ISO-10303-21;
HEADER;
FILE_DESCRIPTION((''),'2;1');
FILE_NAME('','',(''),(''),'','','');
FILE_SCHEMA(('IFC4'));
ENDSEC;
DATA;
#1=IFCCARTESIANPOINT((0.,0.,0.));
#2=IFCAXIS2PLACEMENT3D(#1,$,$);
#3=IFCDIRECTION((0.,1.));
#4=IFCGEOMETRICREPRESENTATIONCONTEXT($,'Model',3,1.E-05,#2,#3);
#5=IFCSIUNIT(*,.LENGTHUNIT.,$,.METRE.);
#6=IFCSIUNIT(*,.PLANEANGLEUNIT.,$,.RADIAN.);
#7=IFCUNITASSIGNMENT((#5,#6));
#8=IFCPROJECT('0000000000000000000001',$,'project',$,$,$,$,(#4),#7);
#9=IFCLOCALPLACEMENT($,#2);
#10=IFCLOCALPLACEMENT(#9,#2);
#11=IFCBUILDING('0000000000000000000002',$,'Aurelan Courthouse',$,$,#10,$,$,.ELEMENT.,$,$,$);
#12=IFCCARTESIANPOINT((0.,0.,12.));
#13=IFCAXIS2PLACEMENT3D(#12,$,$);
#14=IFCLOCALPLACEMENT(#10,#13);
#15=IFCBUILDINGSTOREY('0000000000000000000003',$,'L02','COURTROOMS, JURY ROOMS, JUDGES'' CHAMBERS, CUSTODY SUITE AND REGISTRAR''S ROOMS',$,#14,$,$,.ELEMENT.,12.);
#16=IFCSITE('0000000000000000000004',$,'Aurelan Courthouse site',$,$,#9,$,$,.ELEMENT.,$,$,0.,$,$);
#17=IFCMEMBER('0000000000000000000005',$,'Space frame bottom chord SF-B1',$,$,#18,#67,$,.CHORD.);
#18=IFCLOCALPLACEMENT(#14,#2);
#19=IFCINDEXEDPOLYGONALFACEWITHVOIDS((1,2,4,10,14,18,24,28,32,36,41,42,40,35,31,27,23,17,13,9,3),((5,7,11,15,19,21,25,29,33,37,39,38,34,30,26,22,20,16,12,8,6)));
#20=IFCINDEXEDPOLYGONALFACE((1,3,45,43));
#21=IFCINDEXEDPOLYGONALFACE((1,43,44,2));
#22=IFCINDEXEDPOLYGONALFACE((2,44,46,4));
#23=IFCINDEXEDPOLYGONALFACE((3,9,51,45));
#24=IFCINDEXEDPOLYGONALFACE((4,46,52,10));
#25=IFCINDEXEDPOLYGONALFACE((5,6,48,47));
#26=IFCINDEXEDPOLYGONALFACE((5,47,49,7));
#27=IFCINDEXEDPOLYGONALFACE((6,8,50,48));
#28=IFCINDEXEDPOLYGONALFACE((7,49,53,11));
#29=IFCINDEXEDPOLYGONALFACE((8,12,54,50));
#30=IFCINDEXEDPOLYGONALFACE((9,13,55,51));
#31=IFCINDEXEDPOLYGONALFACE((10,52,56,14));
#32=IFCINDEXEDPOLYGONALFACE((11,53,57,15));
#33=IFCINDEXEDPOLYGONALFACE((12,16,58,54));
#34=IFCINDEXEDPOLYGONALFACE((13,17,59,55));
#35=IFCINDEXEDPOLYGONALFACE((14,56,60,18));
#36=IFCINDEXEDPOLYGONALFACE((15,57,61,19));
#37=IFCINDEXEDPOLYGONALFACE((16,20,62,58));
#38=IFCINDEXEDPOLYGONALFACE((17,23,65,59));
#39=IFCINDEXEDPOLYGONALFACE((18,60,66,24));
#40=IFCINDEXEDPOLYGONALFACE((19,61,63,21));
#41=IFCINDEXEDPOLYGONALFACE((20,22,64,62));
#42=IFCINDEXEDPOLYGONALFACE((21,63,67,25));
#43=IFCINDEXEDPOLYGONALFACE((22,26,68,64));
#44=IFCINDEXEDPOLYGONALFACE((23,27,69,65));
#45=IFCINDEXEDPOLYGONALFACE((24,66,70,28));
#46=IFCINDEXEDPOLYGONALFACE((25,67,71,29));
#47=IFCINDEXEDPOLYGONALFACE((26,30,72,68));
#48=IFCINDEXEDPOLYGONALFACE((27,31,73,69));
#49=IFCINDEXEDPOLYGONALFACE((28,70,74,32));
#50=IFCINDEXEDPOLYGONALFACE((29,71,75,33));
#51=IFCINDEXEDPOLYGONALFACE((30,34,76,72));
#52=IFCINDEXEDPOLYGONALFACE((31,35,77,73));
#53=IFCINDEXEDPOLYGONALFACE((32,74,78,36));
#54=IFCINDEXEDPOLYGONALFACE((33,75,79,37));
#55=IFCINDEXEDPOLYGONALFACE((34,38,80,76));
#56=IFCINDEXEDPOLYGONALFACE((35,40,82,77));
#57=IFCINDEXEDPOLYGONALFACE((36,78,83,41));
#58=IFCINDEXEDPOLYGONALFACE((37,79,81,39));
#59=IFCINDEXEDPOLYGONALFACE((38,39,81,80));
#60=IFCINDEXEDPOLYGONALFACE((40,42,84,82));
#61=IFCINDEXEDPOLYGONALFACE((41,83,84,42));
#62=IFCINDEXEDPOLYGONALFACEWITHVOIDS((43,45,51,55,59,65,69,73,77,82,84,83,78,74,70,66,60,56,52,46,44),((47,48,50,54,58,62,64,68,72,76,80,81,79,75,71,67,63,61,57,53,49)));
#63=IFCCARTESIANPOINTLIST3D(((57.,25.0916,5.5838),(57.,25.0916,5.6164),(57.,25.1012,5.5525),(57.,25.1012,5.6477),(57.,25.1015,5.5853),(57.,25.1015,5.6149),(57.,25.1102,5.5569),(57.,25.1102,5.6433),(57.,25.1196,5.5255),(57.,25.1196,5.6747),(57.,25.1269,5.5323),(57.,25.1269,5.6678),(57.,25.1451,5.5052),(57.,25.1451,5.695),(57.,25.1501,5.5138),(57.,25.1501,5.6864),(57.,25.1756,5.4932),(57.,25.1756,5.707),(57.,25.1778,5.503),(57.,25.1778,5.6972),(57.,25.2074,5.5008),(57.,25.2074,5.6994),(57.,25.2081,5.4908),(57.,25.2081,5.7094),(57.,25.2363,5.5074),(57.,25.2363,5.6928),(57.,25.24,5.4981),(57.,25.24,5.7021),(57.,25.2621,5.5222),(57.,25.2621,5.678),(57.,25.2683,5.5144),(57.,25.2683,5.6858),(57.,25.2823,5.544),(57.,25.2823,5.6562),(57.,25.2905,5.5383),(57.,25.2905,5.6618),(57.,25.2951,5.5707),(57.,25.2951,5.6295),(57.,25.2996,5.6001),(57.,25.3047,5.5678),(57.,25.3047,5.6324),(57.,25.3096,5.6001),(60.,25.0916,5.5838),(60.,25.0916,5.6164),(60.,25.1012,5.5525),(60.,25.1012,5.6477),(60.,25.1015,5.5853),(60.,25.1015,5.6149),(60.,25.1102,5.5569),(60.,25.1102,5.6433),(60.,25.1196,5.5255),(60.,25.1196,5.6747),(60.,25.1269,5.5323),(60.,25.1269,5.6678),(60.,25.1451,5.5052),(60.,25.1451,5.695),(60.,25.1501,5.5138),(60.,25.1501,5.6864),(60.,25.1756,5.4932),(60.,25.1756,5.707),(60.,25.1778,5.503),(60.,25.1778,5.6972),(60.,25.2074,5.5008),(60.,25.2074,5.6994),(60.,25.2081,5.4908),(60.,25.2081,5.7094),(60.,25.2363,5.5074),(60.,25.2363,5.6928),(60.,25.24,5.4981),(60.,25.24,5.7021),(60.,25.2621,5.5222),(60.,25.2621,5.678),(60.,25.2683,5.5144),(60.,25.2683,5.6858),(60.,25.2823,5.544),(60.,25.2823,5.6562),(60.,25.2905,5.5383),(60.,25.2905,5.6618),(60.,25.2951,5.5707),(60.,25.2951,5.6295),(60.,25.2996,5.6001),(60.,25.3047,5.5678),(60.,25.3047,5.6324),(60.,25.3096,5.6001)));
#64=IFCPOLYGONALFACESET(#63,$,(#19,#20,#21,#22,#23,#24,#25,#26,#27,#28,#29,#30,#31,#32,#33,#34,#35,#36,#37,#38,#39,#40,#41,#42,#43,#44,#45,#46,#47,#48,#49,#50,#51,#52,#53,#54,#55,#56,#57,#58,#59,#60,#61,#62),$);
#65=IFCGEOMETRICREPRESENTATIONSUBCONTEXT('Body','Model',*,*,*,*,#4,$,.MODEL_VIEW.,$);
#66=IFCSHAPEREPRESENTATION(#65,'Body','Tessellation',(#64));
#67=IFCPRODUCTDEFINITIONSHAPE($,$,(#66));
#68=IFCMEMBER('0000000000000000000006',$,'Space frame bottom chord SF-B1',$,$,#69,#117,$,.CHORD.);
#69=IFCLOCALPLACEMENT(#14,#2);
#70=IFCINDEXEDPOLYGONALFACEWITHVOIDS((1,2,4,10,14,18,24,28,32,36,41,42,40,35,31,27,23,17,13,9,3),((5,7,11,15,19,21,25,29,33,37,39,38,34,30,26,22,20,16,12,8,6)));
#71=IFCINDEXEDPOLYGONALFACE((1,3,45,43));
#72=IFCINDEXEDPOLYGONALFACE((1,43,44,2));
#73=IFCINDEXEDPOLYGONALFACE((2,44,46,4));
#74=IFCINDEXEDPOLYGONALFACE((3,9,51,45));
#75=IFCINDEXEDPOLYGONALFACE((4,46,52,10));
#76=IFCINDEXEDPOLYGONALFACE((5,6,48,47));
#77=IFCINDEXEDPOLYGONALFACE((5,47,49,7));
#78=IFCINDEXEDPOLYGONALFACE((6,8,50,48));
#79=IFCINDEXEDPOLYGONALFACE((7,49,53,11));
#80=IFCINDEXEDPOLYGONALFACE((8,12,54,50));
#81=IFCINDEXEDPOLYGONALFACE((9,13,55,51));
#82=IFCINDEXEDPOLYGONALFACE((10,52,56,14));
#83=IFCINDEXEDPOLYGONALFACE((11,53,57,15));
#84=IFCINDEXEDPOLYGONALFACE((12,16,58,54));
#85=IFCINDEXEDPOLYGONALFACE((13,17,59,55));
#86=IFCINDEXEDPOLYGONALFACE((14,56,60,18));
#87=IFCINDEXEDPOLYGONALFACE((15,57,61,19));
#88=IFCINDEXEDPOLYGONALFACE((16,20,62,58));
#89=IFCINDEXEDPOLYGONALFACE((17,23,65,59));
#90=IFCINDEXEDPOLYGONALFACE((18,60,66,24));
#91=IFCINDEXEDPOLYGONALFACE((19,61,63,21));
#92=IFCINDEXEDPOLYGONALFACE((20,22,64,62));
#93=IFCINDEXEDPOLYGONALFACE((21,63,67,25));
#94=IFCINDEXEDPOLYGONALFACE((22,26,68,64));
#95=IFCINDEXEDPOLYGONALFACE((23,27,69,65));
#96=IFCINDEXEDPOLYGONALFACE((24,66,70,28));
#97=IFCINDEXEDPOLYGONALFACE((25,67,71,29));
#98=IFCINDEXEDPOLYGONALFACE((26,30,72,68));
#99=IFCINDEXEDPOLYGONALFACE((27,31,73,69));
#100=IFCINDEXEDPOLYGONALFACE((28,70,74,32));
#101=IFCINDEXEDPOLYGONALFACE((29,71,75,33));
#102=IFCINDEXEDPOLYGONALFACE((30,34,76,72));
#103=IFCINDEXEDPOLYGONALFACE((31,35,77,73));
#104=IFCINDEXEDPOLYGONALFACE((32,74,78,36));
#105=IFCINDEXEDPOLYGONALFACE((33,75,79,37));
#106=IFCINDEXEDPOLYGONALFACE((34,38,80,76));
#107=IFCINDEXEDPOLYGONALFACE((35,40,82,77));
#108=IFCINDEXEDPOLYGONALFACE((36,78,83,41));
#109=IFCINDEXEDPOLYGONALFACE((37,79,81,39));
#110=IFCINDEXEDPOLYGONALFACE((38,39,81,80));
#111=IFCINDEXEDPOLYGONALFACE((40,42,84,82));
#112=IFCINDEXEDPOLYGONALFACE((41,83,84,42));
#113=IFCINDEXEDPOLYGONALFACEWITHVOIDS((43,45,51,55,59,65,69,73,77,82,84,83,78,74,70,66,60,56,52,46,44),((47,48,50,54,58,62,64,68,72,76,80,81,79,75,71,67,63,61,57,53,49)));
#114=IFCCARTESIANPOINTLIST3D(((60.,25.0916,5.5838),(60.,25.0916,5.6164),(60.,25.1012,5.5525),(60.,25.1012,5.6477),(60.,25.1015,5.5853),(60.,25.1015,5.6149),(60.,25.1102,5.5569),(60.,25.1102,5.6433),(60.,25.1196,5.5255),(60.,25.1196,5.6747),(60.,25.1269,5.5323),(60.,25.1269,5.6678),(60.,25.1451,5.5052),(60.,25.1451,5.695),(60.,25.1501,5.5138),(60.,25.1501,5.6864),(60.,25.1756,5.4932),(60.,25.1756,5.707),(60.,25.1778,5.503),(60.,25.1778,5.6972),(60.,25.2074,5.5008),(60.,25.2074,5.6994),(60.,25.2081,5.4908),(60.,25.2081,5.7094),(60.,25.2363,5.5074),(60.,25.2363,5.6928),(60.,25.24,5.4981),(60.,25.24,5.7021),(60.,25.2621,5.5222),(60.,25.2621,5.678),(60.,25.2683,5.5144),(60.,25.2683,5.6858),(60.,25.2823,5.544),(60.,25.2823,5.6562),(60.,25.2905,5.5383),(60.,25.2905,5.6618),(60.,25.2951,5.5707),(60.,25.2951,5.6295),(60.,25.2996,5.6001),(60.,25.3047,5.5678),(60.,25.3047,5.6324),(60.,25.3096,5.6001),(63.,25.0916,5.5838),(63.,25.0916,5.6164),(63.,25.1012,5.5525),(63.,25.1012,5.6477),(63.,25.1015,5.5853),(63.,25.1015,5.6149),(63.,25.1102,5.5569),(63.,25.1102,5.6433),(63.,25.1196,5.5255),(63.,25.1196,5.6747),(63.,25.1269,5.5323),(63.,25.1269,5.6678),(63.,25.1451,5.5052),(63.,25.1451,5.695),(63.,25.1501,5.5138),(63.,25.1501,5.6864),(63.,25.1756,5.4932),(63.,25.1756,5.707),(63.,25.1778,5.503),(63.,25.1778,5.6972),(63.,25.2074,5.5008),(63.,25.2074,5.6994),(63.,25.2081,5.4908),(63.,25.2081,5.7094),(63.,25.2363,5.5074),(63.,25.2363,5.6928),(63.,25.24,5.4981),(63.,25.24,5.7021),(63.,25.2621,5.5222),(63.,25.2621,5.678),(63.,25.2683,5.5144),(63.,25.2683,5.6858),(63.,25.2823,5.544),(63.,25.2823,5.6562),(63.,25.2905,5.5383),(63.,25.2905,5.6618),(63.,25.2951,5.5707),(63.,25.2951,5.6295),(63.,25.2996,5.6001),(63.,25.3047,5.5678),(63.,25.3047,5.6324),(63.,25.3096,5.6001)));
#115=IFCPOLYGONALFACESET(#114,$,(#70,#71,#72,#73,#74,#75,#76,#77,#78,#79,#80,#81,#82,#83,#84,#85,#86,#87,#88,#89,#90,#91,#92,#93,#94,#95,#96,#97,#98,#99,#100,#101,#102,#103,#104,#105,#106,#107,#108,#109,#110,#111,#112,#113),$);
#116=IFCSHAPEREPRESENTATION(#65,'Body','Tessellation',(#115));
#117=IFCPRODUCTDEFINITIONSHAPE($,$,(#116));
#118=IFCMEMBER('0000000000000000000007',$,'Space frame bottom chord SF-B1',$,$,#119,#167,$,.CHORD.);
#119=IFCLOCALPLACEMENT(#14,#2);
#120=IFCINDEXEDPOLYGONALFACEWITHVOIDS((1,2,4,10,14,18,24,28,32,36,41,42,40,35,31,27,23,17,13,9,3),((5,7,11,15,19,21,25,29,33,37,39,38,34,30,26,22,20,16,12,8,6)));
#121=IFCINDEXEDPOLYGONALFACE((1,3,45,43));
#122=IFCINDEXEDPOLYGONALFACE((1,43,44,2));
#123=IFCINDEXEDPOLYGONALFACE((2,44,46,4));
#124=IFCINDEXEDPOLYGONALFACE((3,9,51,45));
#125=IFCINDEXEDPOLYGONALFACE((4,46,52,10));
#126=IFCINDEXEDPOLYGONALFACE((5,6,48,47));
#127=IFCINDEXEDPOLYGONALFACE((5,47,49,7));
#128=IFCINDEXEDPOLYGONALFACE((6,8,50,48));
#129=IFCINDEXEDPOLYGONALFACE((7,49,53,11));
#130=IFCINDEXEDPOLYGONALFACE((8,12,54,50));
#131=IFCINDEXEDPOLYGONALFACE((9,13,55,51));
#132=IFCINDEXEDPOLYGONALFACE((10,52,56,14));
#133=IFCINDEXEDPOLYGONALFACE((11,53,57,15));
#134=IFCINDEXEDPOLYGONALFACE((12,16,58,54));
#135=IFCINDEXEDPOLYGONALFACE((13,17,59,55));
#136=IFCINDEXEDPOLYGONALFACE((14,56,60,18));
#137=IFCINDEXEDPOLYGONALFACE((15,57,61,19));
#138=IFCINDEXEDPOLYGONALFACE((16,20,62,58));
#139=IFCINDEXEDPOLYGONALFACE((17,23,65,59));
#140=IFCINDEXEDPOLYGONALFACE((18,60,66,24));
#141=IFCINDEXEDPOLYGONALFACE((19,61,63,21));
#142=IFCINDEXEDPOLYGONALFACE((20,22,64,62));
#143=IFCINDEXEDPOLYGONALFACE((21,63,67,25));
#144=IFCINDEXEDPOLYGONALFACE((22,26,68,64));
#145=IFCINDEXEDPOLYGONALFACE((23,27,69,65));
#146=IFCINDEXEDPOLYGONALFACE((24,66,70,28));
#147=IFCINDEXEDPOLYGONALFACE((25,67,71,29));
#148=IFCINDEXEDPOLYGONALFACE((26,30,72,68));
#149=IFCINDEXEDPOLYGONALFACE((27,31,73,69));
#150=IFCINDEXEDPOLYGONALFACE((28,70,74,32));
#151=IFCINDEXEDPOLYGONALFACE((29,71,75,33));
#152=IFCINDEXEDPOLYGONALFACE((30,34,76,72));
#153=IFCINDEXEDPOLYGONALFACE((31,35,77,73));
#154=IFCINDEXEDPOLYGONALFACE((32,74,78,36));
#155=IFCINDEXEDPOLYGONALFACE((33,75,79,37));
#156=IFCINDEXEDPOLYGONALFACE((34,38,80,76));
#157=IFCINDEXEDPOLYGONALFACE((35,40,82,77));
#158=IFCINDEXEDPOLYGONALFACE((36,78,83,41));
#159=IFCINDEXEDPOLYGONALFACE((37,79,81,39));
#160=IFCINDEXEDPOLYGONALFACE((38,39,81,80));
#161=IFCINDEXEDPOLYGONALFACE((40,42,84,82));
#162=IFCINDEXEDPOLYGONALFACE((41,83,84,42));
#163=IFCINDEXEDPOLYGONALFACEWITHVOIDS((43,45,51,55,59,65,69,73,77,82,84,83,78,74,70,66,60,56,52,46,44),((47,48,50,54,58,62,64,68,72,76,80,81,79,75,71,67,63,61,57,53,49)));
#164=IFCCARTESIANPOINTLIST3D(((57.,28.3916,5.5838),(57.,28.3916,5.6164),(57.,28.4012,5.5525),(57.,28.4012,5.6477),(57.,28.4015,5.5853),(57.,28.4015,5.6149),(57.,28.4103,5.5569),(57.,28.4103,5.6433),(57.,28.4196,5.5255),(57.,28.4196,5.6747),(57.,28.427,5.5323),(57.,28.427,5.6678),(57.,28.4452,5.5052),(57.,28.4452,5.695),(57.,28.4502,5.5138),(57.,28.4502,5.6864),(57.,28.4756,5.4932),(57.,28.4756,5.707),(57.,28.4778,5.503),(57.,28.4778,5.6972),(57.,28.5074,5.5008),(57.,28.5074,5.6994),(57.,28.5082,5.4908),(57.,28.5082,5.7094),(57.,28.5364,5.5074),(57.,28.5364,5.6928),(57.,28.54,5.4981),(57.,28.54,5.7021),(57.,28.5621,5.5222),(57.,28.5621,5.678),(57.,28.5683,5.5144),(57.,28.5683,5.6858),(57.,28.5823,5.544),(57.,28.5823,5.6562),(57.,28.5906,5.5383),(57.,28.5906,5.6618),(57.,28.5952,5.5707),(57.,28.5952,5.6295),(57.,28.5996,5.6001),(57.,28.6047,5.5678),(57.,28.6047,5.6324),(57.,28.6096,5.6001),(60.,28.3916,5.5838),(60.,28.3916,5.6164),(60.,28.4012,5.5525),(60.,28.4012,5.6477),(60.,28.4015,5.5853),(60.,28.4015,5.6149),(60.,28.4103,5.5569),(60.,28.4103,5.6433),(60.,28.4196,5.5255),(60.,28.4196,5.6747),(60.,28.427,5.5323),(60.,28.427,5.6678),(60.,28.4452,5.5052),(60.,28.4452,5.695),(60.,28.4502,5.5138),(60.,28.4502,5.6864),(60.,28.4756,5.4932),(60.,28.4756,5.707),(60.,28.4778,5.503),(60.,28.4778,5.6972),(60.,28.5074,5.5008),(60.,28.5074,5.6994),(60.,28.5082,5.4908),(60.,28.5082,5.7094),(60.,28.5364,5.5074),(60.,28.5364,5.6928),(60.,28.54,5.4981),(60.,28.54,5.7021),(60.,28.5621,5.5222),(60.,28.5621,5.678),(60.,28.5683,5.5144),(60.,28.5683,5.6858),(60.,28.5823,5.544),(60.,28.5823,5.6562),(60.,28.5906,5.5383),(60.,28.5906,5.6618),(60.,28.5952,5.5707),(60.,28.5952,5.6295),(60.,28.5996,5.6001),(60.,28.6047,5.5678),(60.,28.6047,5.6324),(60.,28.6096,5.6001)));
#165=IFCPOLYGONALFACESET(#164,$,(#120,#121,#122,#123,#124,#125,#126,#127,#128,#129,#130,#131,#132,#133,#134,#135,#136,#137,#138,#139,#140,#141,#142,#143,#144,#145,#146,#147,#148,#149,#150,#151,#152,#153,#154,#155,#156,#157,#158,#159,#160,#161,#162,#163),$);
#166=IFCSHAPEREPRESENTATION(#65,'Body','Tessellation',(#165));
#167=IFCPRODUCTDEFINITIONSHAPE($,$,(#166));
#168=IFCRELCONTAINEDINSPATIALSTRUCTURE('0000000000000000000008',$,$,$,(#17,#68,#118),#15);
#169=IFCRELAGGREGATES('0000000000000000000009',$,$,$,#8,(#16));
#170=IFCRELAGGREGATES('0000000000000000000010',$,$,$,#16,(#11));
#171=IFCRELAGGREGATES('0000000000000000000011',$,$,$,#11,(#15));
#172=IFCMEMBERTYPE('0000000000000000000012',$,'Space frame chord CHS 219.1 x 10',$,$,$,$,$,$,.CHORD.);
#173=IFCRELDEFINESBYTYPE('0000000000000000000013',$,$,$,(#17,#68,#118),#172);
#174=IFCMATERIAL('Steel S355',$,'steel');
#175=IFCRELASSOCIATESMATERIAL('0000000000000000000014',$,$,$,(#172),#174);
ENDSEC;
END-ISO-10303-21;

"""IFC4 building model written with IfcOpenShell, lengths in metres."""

from ifc_helpers import new_model, si_unit, direction, frame, origin, origin_2d, place, context, subcontext, project, spatial, hollow_circle, extrude, material, material_profile, profile_set, type_object, element, save


model = new_model("IFC4")

# Units and contexts
model_context = context("Model", 3, precision=1e-05, world=origin(), true_north=direction((0.0, 1.0)))
body_context = subcontext(model_context, "Body", "Model", "MODEL_VIEW")
ifc_project = project(units=[si_unit("LENGTHUNIT", "METRE"), si_unit("PLANEANGLEUNIT", "RADIAN")], contexts=[model_context])

# Site, building, storey
site_placement = place(None, origin())
site = spatial("IfcSite", under=ifc_project, at=site_placement, Name="Aurelan Courthouse site", CompositionType="ELEMENT", RefElevation=0.0)
building_placement = place(site_placement, origin())
building = spatial("IfcBuilding", under=site, at=building_placement, Name="Aurelan Courthouse", CompositionType="ELEMENT")
storey_placement = place(building_placement, frame((0.0, 0.0, 12.0)))
storey = spatial("IfcBuildingStorey", under=building, at=storey_placement, Name="L02", Description="COURTROOMS, JURY ROOMS, JUDGES' CHAMBERS, CUSTODY SUITE AND REGISTRAR'S ROOMS", CompositionType="ELEMENT", Elevation=12.0)

# Members
ifc_material_1 = material(Name="Steel S355", Category="steel")
ifc_material_profile_1 = material_profile(ifc_material_1, hollow_circle(Radius=0.1096, WallThickness=0.01, at=origin_2d()), Name="CHS 219.1 x 10")
ifc_profile_set_1 = profile_set([ifc_material_profile_1], Name="Steel S355")
member_type_1 = type_object("IfcMemberType", Name="Space frame chord CHS 219.1 x 10", PredefinedType="CHORD", material=ifc_profile_set_1)
for number, where, z_axis, x_axis, name in (
    (1, (57.0, 25.2, 5.6001), (1.0, 0.0, 0.0), (0.0, 1.0, 0.0), "Space frame bottom chord SF-B1"),
    (2, (60.0, 25.2, 5.6001), (1.0, 0.0, 0.0), (0.0, 1.0, 0.0), "Space frame bottom chord SF-B1"),
    (3, (57.0, 28.5, 5.6001), (1.0, 0.0, 0.0), (0.0, 1.0, 0.0), "Space frame bottom chord SF-B1"),
):
    element("IfcMember", number, at=place(storey_placement, frame(where, z_axis=z_axis, x_axis=x_axis)), inside=storey, type_object=member_type_1, Name=name, PredefinedType="CHORD", context=body_context, shape_type="SweptSolid", body=[
        extrude(hollow_circle(Radius=0.1096, WallThickness=0.01, at=origin_2d()), origin(), (0.0, 0.0, 1.0), 3.0),
    ])

save(model, "model.ifc")
